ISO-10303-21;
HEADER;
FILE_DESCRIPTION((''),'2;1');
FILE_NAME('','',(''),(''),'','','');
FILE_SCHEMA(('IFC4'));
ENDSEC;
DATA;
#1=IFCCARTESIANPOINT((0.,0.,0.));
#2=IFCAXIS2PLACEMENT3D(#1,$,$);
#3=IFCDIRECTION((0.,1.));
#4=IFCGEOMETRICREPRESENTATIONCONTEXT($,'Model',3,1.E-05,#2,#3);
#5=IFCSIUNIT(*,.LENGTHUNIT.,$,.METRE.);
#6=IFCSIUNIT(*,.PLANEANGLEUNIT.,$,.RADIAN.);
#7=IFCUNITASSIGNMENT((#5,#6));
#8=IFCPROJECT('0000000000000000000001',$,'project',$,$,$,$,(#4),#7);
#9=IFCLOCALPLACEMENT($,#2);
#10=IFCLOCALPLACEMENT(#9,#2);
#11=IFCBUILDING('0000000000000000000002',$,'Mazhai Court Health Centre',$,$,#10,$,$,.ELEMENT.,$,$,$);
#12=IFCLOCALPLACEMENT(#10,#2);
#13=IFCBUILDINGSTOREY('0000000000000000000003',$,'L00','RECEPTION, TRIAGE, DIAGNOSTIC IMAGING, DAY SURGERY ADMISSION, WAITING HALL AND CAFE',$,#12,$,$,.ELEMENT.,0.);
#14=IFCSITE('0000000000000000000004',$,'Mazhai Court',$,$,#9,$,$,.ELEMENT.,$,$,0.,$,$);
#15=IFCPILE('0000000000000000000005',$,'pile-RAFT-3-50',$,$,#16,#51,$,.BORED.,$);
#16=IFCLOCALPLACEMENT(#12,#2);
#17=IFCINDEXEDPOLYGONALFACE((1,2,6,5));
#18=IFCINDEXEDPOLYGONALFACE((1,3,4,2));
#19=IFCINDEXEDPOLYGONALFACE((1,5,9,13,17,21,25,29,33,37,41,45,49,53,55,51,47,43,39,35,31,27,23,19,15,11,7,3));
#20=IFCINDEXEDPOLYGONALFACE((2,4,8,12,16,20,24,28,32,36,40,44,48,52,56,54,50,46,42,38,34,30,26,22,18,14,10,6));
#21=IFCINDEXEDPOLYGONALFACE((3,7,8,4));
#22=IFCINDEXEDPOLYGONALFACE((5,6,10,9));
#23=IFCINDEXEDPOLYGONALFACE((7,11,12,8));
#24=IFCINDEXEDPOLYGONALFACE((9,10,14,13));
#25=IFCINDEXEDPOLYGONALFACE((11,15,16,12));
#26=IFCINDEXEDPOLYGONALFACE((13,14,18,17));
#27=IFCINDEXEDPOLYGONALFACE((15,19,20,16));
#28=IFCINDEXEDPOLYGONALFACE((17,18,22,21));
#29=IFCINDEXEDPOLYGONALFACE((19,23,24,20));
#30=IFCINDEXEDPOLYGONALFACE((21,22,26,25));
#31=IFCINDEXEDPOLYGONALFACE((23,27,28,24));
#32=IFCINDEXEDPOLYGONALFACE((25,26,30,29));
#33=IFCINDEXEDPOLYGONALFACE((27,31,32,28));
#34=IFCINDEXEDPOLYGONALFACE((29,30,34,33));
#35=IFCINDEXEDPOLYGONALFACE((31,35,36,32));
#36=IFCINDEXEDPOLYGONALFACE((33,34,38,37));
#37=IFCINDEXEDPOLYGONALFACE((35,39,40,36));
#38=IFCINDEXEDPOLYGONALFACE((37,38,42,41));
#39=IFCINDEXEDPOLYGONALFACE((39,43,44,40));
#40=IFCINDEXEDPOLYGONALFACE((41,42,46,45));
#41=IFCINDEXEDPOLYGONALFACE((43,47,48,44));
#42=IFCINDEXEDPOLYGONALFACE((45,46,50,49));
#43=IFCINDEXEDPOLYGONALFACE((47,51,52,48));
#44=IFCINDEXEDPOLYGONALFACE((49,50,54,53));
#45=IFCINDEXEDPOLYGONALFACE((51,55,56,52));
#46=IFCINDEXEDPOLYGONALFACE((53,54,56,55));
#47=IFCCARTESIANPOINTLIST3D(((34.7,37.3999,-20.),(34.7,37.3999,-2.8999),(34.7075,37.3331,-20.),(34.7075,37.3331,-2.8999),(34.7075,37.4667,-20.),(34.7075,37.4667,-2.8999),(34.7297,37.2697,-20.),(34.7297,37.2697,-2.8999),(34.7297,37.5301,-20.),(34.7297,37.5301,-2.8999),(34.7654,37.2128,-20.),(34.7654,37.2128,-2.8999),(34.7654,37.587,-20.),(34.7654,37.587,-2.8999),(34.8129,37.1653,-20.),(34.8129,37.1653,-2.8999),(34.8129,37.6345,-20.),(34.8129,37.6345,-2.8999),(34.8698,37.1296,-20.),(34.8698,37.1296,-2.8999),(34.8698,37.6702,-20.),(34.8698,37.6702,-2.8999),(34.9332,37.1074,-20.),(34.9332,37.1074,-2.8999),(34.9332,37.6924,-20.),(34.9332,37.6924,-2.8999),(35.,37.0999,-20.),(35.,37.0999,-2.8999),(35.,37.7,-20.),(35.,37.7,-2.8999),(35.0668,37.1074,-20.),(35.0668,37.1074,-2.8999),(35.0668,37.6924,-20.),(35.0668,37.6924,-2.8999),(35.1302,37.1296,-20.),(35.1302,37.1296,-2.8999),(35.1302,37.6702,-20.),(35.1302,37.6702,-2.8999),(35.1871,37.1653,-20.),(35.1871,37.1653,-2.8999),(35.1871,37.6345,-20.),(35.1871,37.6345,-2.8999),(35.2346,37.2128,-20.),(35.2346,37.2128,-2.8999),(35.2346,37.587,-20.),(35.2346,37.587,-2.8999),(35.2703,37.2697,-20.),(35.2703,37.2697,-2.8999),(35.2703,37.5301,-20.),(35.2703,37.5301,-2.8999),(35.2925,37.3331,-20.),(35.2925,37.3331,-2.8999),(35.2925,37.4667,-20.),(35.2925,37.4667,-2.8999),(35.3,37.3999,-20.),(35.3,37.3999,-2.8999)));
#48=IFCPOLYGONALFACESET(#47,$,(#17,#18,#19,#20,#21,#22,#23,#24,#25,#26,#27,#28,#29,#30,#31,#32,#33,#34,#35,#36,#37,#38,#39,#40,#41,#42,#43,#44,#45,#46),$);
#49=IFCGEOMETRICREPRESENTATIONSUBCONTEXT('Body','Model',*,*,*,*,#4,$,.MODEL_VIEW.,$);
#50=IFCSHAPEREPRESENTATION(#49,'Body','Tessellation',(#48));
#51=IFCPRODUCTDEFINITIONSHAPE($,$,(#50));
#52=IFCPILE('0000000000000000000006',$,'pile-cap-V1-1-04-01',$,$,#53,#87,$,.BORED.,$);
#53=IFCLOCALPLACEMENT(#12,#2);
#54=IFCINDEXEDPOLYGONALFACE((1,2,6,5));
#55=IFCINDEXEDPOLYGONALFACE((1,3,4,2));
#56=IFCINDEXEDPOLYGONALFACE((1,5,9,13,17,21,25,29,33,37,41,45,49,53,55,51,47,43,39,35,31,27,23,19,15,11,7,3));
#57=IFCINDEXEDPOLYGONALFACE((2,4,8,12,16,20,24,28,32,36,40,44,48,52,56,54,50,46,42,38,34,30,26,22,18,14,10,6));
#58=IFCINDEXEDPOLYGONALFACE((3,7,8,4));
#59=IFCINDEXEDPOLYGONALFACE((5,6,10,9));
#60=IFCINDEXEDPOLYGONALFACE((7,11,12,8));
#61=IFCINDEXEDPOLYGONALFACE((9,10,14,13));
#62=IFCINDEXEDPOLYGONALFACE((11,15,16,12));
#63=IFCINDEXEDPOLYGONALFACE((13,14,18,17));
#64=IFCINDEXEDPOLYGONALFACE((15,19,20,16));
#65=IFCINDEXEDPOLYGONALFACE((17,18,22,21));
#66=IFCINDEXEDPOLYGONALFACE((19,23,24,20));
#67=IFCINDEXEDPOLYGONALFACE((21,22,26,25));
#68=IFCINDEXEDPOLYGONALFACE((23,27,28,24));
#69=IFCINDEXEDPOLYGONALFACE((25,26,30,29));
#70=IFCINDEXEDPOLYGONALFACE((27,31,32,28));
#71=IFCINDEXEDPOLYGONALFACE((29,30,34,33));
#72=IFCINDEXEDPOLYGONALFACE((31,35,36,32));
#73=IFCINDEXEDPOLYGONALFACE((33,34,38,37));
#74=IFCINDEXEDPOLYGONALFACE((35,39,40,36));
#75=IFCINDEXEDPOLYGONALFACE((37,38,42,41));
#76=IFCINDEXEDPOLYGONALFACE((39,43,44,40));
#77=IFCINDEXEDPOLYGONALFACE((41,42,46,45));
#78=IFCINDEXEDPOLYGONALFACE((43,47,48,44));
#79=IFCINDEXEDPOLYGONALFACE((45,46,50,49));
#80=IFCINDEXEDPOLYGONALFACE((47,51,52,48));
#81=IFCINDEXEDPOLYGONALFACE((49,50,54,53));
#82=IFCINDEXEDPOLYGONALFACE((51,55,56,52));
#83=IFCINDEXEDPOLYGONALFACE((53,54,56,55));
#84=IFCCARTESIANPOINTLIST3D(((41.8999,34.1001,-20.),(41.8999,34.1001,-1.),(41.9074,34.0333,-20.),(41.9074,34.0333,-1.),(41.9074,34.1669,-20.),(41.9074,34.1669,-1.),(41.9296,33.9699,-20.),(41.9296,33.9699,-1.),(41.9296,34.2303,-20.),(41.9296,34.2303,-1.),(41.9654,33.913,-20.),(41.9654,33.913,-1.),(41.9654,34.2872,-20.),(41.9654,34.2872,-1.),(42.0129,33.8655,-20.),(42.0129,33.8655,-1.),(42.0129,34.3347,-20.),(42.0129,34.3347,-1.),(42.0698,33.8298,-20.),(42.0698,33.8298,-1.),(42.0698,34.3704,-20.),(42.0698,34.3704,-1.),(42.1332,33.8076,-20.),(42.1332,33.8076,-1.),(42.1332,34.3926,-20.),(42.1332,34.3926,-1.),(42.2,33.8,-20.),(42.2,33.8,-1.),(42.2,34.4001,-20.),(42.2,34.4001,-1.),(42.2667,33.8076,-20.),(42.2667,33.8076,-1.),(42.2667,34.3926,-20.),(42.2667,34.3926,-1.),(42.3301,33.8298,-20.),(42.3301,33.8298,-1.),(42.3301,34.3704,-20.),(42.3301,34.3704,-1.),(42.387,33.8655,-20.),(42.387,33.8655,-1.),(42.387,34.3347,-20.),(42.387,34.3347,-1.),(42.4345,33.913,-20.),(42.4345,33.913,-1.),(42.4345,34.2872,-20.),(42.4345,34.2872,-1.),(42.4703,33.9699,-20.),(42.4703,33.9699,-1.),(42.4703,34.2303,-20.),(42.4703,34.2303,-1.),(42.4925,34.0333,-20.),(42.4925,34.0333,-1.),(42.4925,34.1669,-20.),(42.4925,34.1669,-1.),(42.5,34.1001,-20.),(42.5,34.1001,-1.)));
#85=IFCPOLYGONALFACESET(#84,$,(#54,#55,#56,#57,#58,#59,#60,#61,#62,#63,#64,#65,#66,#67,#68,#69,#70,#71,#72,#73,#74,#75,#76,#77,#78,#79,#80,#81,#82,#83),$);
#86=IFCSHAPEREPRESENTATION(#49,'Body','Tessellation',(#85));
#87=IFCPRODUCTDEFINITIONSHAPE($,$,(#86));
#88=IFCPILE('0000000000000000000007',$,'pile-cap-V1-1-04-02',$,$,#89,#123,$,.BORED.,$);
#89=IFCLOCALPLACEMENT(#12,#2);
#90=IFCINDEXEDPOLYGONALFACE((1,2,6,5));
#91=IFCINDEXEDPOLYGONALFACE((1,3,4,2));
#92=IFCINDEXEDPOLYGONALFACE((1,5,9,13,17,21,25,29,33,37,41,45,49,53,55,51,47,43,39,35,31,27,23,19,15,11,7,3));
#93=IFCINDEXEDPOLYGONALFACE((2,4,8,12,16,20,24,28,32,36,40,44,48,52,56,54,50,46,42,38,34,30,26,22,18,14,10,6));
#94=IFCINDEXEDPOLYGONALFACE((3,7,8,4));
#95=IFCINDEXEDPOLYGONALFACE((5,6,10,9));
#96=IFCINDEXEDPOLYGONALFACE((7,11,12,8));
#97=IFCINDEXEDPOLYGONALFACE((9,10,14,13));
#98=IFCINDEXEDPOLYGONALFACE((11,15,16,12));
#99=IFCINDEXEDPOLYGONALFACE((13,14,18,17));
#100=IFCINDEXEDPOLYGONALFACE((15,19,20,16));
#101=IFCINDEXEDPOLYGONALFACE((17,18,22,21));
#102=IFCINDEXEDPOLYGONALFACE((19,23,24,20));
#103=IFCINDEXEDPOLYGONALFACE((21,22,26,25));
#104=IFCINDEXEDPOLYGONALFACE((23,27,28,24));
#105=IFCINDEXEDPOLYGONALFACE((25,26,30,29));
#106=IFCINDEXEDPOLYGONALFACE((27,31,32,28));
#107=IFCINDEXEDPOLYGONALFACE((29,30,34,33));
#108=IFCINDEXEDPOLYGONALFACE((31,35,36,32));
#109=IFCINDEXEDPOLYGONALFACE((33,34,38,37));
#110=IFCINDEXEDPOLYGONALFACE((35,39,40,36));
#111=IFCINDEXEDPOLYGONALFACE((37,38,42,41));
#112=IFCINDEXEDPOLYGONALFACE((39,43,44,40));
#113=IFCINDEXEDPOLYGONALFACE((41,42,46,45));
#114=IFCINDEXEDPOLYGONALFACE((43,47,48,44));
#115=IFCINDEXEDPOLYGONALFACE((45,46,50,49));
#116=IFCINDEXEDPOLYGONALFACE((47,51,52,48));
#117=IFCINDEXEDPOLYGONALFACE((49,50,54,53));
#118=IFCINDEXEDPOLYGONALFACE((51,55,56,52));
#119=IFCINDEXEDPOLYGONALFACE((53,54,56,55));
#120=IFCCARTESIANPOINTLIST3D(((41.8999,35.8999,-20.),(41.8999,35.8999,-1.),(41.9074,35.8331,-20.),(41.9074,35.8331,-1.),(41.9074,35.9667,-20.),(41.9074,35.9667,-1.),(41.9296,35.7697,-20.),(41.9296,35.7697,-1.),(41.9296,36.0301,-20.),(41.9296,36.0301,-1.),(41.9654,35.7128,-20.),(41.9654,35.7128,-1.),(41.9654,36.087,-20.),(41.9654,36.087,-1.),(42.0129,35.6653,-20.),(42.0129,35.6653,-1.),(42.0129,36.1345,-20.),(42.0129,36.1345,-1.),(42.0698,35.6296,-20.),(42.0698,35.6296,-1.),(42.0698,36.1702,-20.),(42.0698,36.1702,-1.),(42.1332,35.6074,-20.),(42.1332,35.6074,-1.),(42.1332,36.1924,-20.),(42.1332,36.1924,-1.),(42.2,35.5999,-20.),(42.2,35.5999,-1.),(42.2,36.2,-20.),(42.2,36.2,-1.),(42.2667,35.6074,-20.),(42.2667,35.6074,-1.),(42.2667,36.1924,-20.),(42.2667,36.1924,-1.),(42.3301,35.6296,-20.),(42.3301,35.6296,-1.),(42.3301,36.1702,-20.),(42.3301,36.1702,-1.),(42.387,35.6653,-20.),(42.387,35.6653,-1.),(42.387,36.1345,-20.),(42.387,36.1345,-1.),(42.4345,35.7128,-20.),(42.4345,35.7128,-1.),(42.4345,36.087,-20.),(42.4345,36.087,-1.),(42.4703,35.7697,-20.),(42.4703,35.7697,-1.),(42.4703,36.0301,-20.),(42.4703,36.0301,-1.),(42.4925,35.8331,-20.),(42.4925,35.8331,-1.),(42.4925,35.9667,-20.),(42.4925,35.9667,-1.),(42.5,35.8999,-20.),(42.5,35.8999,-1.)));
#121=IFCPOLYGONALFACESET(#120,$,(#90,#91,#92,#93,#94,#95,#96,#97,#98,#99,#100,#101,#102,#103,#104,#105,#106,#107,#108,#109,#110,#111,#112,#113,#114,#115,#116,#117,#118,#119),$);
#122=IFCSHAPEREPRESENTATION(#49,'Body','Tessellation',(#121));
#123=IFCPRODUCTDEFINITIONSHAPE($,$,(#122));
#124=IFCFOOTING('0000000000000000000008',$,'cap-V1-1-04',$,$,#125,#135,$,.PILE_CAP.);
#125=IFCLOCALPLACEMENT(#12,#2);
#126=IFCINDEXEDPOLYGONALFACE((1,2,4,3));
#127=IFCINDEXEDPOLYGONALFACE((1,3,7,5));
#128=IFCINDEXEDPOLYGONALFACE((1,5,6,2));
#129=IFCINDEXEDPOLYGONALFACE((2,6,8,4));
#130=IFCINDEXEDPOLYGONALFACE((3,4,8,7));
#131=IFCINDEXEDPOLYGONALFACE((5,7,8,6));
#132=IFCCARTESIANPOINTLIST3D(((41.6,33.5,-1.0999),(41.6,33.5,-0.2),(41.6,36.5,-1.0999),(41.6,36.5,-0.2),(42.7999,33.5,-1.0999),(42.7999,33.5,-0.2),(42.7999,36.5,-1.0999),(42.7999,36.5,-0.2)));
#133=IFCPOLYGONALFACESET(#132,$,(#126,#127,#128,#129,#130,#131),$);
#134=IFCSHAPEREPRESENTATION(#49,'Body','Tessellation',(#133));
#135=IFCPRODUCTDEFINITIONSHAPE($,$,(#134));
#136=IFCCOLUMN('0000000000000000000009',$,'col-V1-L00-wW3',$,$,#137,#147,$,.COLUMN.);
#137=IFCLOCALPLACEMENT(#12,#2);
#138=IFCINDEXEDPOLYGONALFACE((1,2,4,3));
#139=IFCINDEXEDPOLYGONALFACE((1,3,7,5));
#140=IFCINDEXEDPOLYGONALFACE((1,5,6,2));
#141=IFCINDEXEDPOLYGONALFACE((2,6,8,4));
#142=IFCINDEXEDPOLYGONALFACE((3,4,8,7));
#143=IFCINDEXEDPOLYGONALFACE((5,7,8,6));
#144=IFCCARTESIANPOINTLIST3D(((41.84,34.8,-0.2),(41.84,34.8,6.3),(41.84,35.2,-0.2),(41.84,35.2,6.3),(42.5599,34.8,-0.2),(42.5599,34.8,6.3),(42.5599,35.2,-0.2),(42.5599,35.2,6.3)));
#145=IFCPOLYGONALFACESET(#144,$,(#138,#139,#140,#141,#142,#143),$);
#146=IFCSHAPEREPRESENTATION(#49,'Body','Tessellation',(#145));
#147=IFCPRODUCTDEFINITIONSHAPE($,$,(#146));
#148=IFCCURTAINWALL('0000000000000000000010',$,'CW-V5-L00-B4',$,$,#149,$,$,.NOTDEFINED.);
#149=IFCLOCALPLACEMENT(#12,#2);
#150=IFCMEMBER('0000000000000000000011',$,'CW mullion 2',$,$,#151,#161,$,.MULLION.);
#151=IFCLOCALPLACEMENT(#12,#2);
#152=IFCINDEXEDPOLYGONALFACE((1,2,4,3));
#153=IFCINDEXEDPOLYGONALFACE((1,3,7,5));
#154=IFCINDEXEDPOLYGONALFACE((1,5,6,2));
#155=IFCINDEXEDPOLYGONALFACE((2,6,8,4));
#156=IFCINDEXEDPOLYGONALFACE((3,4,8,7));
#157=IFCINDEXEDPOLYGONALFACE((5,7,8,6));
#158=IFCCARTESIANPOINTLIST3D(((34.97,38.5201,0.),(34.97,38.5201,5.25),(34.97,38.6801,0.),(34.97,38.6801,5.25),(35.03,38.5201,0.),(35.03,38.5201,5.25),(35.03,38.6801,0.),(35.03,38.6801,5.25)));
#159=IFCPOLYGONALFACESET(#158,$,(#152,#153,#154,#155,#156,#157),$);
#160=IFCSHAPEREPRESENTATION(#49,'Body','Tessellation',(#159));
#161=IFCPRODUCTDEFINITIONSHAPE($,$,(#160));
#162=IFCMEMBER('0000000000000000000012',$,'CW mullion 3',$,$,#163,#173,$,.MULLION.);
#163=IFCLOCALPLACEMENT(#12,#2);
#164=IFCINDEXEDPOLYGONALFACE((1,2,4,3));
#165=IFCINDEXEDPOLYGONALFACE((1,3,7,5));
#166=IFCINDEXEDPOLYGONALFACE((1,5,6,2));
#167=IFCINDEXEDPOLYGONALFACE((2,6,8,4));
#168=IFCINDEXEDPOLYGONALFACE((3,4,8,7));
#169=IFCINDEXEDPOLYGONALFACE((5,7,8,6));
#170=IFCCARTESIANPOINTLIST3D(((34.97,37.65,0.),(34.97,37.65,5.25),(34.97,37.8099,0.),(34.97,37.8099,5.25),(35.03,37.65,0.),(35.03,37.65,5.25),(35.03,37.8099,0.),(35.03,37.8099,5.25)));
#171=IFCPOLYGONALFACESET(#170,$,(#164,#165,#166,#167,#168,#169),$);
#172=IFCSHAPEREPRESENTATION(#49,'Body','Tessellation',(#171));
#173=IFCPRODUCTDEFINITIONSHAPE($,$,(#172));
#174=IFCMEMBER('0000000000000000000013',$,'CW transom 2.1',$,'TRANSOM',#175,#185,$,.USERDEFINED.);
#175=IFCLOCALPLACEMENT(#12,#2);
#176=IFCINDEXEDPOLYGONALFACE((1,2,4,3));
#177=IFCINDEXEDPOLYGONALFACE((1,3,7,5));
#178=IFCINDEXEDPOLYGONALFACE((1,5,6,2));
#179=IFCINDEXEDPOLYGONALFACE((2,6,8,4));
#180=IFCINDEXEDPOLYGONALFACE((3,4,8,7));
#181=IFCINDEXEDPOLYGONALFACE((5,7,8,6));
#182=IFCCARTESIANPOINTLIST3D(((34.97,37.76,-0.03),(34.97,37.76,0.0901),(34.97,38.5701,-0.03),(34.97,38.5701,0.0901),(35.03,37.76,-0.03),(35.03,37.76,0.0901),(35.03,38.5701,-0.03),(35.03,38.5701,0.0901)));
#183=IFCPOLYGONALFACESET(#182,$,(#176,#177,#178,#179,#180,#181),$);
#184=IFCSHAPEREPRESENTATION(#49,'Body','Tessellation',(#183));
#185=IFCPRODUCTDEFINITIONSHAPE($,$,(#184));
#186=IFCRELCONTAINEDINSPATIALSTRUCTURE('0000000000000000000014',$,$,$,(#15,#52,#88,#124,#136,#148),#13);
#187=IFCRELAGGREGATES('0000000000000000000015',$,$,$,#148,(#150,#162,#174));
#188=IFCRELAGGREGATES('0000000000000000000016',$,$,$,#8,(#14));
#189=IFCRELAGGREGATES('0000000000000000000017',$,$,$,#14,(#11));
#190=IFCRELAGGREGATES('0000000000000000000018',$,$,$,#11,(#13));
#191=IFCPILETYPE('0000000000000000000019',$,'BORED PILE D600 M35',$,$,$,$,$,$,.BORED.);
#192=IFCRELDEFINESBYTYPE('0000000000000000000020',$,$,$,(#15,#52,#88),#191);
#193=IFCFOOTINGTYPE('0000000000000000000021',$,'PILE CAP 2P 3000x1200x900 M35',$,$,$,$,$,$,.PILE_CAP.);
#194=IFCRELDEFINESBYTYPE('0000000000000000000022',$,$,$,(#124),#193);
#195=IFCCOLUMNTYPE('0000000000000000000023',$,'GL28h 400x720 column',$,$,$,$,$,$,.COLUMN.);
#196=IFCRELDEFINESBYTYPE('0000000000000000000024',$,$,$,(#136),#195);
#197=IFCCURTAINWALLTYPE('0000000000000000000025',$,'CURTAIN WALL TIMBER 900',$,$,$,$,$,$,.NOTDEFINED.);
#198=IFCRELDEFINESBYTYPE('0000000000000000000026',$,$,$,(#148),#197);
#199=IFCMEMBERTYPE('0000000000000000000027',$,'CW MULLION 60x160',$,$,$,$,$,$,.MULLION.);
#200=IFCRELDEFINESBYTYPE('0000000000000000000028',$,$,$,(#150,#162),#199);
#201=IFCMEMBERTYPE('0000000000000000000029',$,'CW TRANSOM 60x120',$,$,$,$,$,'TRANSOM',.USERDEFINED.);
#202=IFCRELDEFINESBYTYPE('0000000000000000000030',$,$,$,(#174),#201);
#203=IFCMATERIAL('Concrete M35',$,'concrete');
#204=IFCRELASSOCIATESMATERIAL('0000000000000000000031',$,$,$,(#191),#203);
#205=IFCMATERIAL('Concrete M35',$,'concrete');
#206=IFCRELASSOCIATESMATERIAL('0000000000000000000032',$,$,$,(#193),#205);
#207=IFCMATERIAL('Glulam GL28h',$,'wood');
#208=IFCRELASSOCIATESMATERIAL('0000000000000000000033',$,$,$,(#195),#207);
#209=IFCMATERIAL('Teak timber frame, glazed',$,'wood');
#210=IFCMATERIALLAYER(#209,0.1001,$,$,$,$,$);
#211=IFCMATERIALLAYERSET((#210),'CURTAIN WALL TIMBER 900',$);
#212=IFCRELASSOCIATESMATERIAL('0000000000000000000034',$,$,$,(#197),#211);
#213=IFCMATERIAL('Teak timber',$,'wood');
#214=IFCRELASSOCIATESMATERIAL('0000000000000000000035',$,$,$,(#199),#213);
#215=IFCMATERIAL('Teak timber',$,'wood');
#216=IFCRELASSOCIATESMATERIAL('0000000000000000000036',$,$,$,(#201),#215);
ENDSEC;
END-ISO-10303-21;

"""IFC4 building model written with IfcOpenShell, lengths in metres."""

from ifc_helpers import new_model, si_unit, direction, frame, origin, origin_2d, place, context, subcontext, project, spatial, rectangle, circle, extrude, material, layer, layer_set, material_profile, profile_set, type_object, element, aggregate, save


model = new_model("IFC4")

# Units and contexts
model_context = context("Model", 3, precision=1e-05, world=origin(), true_north=direction((0.0, 1.0)))
body_context = subcontext(model_context, "Body", "Model", "MODEL_VIEW")
ifc_project = project(units=[si_unit("LENGTHUNIT", "METRE"), si_unit("PLANEANGLEUNIT", "RADIAN")], contexts=[model_context])

# Site, building, storey
site_placement = place(None, origin())
site = spatial("IfcSite", under=ifc_project, at=site_placement, Name="Mazhai Court", CompositionType="ELEMENT", RefElevation=0.0)
building_placement = place(site_placement, origin())
building = spatial("IfcBuilding", under=site, at=building_placement, Name="Mazhai Court Health Centre", CompositionType="ELEMENT")
storey_placement = place(building_placement, origin())
storey = spatial("IfcBuildingStorey", under=building, at=storey_placement, Name="L00", Description="RECEPTION, TRIAGE, DIAGNOSTIC IMAGING, DAY SURGERY ADMISSION, WAITING HALL AND CAFE", CompositionType="ELEMENT", Elevation=0.0)

# Piles
ifc_material_1 = material(Name="Concrete M35", Category="concrete")
ifc_material_profile_1 = material_profile(ifc_material_1, circle(Radius=0.3, at=origin_2d()), Name="RC PILE D600")
ifc_profile_set_1 = profile_set([ifc_material_profile_1], Name="Concrete M35")
pile_type = type_object("IfcPileType", Name="BORED PILE D600 M35", PredefinedType="BORED", material=ifc_profile_set_1)
pile_placement = place(storey_placement, frame((35.0, 37.3999, -2.8999), z_axis=(0.0, 0.0, -1.0), x_axis=(1.0, 0.0, 0.0)))
element("IfcPile", 1, at=pile_placement, inside=storey, type_object=pile_type, Name="pile-RAFT-3-50", PredefinedType="BORED", context=body_context, shape_type="SweptSolid", body=[
    extrude(circle(Radius=0.3, at=origin_2d()), origin(), (0.0, 0.0, 1.0), 17.1001),
])
for number, where, z_axis, x_axis, name in (
    (2, (42.2, 34.1001, -1.0), (0.0, 0.0, -1.0), (1.0, 0.0, 0.0), "pile-cap-V1-1-04-01"),
    (3, (42.2, 35.8999, -1.0), (0.0, 0.0, -1.0), (1.0, 0.0, 0.0), "pile-cap-V1-1-04-02"),
):
    element("IfcPile", number, at=place(storey_placement, frame(where, z_axis=z_axis, x_axis=x_axis)), inside=storey, type_object=pile_type, Name=name, PredefinedType="BORED", context=body_context, shape_type="SweptSolid", body=[
        extrude(circle(Radius=0.3, at=origin_2d()), origin(), (0.0, 0.0, 1.0), 19.0),
    ])

# Footing
ifc_material_2 = material(Name="Concrete M35", Category="concrete")
footing_type = type_object("IfcFootingType", Name="PILE CAP 2P 3000x1200x900 M35", PredefinedType="PILE_CAP", material=ifc_material_2)
footing_placement = place(storey_placement, frame((42.2, 35.0, -1.0999), z_axis=(0.0, 0.0, 1.0), x_axis=(1.0, 0.0, 0.0)))
element("IfcFooting", 4, at=footing_placement, inside=storey, type_object=footing_type, Name="cap-V1-1-04", PredefinedType="PILE_CAP", context=body_context, shape_type="SweptSolid", body=[
    extrude(rectangle(XDim=1.2, YDim=3.0, at=origin_2d()), origin(), (0.0, 0.0, 1.0), 0.8999),
])

# Column
ifc_material_3 = material(Name="Glulam GL28h", Category="wood")
ifc_material_profile_2 = material_profile(ifc_material_3, rectangle(XDim=0.3999, YDim=0.72, at=origin_2d()), Name="GL28h 400x720")
ifc_profile_set_2 = profile_set([ifc_material_profile_2], Name="Glulam GL28h")
column_type = type_object("IfcColumnType", Name="GL28h 400x720 column", PredefinedType="COLUMN", material=ifc_profile_set_2)
column_placement = place(storey_placement, frame((42.2, 35.0, -0.2), z_axis=(0.0, 0.0, 1.0), x_axis=(0.0, 1.0, 0.0)))
element("IfcColumn", 5, at=column_placement, inside=storey, type_object=column_type, Name="col-V1-L00-wW3", PredefinedType="COLUMN", context=body_context, shape_type="SweptSolid", body=[
    extrude(rectangle(XDim=0.3999, YDim=0.72, at=origin_2d()), origin(), (0.0, 0.0, 1.0), 6.5),
])

# Curtain wall, members
ifc_material_4 = material(Name="Teak timber frame, glazed", Category="wood")
ifc_layer_1 = layer(ifc_material_4, 0.1001)
ifc_layer_set_1 = layer_set([ifc_layer_1], Name="CURTAIN WALL TIMBER 900")
curtain_wall_type = type_object("IfcCurtainWallType", Name="CURTAIN WALL TIMBER 900", PredefinedType="NOTDEFINED", material=ifc_layer_set_1)
curtain_wall_placement = place(storey_placement, origin())
curtain_wall = element("IfcCurtainWall", 6, at=curtain_wall_placement, inside=storey, type_object=curtain_wall_type, Name="CW-V5-L00-B4", PredefinedType="NOTDEFINED")
ifc_material_5 = material(Name="Teak timber", Category="wood")
ifc_material_profile_3 = material_profile(ifc_material_5, rectangle(XDim=0.0601, YDim=0.1599, at=origin_2d()), Name="CW MULLION 60x160")
ifc_profile_set_3 = profile_set([ifc_material_profile_3], Name="Teak timber")
member_type_1 = type_object("IfcMemberType", Name="CW MULLION 60x160", PredefinedType="MULLION", material=ifc_profile_set_3)
member_1_placement = place(storey_placement, frame((35.0, 38.6001, 0.0), z_axis=(0.0, 0.0, 1.0), x_axis=(1.0, 0.0, 0.0)))
member_1 = element("IfcMember", 7, at=member_1_placement, type_object=member_type_1, Name="CW mullion 2", PredefinedType="MULLION", context=body_context, shape_type="SweptSolid", body=[
    extrude(rectangle(XDim=0.0601, YDim=0.1599, at=origin_2d()), origin(), (0.0, 0.0, 1.0), 5.25),
])
member_2_placement = place(storey_placement, frame((35.0, 37.73, 0.0), z_axis=(0.0, 0.0, 1.0), x_axis=(1.0, 0.0, 0.0)))
member_2 = element("IfcMember", 8, at=member_2_placement, type_object=member_type_1, Name="CW mullion 3", PredefinedType="MULLION", context=body_context, shape_type="SweptSolid", body=[
    extrude(rectangle(XDim=0.0601, YDim=0.1599, at=origin_2d()), origin(), (0.0, 0.0, 1.0), 5.25),
])
ifc_material_6 = material(Name="Teak timber", Category="wood")
ifc_material_profile_4 = material_profile(ifc_material_6, rectangle(XDim=0.0601, YDim=0.1201, at=origin_2d()), Name="CW TRANSOM 60x120")
ifc_profile_set_4 = profile_set([ifc_material_profile_4], Name="Teak timber")
member_type_2 = type_object("IfcMemberType", Name="CW TRANSOM 60x120", ElementType="TRANSOM", PredefinedType="USERDEFINED", material=ifc_profile_set_4)
member_3_placement = place(storey_placement, frame((35.0, 38.5701, 0.03), z_axis=(0.0, -1.0, 0.0), x_axis=(1.0, 0.0, 0.0)))
member_3 = element("IfcMember", 9, at=member_3_placement, type_object=member_type_2, Name="CW transom 2.1", ObjectType="TRANSOM", PredefinedType="USERDEFINED", context=body_context, shape_type="SweptSolid", body=[
    extrude(rectangle(XDim=0.0601, YDim=0.1201, at=origin_2d()), origin(), (0.0, 0.0, 1.0), 0.8101),
])
aggregate(curtain_wall, [member_1, member_2, member_3])

save(model, "model.ifc")
